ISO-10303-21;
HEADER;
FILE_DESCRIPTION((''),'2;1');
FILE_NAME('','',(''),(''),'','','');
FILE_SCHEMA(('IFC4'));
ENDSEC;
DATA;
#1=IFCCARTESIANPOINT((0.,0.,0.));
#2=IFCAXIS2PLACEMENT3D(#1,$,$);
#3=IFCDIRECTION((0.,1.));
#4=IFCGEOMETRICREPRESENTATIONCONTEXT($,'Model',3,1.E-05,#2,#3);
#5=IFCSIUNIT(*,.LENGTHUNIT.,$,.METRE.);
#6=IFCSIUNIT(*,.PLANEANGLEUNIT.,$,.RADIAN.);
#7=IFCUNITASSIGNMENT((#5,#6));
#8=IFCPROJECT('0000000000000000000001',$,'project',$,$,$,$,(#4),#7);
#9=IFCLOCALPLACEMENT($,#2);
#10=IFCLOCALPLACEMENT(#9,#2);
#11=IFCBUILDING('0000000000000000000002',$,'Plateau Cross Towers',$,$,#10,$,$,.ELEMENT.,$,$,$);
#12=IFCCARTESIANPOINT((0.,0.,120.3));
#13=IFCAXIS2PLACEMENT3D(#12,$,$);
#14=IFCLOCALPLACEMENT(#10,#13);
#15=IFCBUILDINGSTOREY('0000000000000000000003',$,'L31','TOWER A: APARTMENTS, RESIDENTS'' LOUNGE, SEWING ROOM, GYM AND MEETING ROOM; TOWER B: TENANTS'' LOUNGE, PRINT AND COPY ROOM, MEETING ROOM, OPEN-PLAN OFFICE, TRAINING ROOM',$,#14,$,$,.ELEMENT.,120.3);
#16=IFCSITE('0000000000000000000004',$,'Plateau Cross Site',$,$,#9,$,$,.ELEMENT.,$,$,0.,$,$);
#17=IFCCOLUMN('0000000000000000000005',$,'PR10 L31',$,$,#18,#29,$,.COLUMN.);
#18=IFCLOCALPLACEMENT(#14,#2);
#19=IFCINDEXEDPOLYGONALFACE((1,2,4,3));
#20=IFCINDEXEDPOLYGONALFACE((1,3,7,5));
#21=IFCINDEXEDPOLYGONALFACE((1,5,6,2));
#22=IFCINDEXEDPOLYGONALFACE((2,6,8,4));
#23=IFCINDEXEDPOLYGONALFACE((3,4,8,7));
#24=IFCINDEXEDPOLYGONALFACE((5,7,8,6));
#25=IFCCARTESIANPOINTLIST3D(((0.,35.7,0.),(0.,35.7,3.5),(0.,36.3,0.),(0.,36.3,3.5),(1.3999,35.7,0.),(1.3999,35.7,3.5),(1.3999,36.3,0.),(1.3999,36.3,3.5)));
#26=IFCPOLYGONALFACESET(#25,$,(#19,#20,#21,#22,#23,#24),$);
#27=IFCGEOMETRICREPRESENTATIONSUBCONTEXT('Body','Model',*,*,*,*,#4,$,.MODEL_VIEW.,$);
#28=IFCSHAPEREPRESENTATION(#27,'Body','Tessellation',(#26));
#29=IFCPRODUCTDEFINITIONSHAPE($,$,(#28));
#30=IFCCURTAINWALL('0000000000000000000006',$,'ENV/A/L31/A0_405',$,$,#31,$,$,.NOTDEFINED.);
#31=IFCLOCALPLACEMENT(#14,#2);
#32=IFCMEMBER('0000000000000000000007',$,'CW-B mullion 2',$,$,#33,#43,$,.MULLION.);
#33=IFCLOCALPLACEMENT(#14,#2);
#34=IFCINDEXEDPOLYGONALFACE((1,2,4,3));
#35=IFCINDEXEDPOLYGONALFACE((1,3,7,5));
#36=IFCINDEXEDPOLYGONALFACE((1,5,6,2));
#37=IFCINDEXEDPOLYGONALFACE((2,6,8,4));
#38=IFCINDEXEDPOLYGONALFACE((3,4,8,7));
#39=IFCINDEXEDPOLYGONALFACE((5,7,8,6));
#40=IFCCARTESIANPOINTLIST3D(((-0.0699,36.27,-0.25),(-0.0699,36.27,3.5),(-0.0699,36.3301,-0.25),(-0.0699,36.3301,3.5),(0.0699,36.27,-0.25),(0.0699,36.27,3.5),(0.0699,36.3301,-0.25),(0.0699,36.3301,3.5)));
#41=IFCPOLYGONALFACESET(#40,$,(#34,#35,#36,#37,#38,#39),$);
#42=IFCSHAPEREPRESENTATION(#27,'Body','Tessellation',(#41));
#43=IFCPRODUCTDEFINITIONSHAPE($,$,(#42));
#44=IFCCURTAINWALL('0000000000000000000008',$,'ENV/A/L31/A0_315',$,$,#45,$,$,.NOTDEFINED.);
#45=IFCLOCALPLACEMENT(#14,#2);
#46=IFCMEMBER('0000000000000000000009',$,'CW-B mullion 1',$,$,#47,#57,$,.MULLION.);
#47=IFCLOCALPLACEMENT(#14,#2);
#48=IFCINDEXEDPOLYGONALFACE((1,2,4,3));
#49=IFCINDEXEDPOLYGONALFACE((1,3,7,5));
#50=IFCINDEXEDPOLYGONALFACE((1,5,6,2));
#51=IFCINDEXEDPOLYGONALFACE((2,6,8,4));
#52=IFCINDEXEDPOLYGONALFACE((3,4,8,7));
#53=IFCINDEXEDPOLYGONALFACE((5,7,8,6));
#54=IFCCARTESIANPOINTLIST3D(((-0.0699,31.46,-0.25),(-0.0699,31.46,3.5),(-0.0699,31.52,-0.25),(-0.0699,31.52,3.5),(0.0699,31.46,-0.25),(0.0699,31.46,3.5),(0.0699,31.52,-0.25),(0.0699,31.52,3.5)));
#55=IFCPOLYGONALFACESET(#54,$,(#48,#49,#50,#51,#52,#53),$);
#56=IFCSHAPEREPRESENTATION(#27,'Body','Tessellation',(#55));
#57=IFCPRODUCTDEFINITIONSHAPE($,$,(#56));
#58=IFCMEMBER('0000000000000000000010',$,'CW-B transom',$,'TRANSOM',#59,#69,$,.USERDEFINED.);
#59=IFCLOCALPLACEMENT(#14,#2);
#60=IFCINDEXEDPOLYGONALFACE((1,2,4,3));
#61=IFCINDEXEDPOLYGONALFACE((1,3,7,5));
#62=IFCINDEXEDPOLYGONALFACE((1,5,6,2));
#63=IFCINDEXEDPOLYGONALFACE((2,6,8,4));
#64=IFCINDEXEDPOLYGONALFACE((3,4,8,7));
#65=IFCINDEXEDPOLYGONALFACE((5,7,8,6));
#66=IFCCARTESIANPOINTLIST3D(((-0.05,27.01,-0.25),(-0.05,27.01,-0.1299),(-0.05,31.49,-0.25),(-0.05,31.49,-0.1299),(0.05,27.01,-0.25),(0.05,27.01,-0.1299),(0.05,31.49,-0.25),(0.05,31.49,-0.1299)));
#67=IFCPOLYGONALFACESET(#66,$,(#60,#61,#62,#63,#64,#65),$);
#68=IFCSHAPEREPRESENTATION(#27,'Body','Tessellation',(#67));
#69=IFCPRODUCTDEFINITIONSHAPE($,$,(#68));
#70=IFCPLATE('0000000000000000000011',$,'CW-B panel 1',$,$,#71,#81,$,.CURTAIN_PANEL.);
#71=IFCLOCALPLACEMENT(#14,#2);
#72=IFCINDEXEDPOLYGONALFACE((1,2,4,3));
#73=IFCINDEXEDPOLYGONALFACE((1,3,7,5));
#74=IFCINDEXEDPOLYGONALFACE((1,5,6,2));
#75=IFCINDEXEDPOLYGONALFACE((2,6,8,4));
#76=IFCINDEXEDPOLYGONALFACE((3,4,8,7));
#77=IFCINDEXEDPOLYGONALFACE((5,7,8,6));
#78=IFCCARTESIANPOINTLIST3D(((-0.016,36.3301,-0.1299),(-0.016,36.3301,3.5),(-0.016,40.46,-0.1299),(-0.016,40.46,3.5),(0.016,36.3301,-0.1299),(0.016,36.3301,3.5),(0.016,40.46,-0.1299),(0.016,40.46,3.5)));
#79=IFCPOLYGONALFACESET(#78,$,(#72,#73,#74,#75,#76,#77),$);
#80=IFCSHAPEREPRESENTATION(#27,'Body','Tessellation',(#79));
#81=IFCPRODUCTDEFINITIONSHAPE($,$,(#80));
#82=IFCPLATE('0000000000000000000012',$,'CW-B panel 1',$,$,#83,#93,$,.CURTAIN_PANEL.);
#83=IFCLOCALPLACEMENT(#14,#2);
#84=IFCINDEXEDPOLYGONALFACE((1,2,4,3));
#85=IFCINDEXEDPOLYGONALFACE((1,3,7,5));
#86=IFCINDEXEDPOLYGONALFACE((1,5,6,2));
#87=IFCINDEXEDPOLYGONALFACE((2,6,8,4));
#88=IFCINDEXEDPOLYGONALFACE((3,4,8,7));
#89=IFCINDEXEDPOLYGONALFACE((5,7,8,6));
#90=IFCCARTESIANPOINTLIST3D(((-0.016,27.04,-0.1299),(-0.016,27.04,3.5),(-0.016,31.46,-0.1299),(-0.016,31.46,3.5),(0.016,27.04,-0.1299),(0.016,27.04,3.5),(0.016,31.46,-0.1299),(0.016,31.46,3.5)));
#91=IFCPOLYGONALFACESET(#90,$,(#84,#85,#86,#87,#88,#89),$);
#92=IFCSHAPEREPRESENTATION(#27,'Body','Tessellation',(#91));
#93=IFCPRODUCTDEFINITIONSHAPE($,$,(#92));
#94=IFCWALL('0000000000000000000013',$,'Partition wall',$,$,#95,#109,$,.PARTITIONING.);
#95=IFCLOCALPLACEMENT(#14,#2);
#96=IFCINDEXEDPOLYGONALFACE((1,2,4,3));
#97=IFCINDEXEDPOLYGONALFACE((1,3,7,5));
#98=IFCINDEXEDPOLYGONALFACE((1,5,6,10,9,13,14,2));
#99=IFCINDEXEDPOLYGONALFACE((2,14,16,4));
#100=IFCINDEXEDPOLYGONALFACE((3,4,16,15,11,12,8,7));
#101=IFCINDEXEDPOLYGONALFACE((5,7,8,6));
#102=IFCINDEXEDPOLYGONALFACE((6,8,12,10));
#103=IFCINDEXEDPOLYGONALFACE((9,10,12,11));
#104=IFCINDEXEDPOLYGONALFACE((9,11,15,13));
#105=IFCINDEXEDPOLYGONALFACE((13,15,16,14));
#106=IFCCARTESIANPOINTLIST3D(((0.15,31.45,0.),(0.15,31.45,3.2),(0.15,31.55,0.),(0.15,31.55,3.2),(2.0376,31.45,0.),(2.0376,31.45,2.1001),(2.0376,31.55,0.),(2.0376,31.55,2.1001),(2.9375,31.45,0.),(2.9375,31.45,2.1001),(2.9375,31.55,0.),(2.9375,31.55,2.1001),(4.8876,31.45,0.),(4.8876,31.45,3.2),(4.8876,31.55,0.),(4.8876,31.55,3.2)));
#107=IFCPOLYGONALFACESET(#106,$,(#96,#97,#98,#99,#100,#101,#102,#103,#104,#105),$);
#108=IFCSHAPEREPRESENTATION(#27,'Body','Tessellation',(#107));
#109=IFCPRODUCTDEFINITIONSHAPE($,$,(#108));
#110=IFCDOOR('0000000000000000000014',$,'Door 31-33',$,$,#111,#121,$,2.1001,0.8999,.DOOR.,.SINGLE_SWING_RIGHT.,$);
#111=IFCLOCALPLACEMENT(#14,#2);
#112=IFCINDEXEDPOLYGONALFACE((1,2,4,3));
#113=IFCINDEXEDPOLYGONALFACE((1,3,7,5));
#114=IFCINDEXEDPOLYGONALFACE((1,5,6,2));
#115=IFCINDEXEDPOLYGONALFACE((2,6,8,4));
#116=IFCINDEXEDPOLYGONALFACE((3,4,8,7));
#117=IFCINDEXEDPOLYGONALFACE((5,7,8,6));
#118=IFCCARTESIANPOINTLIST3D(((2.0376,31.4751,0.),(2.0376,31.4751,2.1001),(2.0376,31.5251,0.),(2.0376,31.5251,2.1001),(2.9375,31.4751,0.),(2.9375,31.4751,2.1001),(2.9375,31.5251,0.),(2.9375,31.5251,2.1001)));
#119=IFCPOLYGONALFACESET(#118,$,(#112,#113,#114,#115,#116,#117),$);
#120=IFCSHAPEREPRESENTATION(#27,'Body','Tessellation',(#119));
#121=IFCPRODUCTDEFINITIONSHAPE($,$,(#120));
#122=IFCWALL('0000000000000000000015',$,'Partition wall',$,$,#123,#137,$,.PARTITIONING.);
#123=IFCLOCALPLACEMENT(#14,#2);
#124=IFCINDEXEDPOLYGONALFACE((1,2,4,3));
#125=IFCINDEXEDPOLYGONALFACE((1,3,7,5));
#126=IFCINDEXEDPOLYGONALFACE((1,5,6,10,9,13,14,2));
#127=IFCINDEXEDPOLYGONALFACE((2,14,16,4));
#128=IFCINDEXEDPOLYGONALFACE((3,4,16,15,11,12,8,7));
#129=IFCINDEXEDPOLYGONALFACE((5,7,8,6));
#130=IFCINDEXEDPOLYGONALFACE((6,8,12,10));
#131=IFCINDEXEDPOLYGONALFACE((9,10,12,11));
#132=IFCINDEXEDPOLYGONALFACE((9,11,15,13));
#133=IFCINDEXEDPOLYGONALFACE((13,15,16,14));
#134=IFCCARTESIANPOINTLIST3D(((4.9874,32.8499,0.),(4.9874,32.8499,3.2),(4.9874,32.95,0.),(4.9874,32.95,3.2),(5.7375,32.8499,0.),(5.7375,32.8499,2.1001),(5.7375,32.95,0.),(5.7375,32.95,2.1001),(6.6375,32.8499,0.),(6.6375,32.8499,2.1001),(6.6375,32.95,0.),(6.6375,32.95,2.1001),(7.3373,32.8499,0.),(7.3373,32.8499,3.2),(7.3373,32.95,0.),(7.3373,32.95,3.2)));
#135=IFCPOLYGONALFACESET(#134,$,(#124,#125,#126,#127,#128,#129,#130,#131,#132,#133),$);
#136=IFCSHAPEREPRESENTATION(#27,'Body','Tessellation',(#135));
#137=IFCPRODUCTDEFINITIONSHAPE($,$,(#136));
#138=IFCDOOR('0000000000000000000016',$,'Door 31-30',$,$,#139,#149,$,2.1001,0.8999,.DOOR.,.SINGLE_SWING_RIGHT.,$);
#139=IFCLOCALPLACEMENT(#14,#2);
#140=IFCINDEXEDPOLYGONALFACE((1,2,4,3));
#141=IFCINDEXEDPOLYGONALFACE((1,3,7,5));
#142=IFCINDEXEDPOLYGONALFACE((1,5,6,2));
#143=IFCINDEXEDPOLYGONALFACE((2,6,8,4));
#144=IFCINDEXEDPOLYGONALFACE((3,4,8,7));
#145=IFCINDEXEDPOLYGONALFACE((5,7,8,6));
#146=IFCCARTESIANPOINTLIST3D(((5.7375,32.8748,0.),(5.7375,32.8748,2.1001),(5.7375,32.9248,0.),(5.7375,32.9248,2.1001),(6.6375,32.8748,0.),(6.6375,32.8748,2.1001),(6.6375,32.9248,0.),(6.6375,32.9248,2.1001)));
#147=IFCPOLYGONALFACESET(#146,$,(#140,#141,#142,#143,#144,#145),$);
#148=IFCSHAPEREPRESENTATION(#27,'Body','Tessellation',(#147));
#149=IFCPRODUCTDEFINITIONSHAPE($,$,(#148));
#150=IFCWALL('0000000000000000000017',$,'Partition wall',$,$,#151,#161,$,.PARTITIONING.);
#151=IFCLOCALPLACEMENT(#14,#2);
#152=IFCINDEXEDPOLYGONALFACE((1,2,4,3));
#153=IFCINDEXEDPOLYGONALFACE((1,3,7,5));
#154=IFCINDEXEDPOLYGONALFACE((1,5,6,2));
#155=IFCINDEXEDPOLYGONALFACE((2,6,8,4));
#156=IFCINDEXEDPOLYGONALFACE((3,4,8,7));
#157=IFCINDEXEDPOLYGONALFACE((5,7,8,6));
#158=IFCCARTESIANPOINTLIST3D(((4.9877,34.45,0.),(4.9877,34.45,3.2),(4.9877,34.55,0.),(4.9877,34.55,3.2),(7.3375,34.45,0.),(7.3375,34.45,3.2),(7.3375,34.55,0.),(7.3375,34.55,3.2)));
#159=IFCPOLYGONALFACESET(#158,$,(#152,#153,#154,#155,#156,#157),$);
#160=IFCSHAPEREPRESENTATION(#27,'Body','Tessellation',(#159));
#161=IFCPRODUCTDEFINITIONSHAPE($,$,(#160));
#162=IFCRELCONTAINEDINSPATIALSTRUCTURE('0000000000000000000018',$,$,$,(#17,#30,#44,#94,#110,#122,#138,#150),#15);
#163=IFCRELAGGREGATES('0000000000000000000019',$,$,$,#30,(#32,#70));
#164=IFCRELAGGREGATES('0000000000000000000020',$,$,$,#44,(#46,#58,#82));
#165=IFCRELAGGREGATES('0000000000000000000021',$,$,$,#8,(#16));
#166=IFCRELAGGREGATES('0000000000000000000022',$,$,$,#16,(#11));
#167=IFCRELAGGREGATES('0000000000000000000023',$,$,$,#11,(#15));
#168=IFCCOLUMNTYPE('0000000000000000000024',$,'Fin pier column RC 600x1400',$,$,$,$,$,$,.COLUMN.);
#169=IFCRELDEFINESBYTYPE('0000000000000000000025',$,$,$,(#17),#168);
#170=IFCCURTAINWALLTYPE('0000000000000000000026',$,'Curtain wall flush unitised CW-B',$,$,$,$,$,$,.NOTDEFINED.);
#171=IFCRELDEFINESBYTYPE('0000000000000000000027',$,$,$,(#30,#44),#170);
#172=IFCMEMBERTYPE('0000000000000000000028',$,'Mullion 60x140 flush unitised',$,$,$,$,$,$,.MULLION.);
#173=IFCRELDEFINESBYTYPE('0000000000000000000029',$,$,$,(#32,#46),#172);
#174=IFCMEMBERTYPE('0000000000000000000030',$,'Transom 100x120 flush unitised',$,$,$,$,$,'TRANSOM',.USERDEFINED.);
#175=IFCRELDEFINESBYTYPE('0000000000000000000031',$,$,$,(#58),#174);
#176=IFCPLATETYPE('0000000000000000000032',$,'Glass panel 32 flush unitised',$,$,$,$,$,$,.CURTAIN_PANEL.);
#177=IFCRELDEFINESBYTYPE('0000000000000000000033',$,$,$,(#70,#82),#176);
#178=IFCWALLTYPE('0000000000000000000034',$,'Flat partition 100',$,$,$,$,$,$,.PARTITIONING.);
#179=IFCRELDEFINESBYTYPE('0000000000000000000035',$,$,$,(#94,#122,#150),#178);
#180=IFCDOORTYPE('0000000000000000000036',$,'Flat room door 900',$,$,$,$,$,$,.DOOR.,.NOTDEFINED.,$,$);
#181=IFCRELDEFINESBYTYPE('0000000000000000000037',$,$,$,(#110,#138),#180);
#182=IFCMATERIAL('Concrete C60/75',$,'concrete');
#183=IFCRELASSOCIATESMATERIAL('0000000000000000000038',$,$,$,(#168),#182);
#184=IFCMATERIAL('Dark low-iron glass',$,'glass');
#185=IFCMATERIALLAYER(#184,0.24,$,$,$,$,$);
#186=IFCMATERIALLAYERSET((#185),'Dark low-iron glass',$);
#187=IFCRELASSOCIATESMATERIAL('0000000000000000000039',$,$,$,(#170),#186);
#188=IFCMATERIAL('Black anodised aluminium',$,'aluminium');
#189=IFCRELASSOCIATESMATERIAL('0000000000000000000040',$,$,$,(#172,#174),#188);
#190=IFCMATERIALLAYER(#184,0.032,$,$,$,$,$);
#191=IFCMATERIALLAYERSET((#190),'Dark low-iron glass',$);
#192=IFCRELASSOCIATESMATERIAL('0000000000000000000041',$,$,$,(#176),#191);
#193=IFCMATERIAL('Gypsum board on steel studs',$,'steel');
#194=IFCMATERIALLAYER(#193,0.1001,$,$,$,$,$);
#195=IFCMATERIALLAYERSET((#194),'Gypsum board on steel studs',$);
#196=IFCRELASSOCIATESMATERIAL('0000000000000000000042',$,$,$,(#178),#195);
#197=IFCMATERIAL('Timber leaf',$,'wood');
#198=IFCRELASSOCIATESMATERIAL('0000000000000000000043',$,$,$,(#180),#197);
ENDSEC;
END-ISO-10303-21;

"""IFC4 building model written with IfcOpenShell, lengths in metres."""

from ifc_helpers import new_model, si_unit, direction, frame, frame_2d, origin, origin_2d, place, context, subcontext, project, spatial, rectangle, extrude, material, layer, layer_set, material_profile, profile_set, type_object, element, fill, aggregate, save


model = new_model("IFC4")

# Units and contexts
model_context = context("Model", 3, precision=1e-05, world=origin(), true_north=direction((0.0, 1.0)))
body_context = subcontext(model_context, "Body", "Model", "MODEL_VIEW")
ifc_project = project(units=[si_unit("LENGTHUNIT", "METRE"), si_unit("PLANEANGLEUNIT", "RADIAN")], contexts=[model_context])

# Site, building, storey
site_placement = place(None, origin())
site = spatial("IfcSite", under=ifc_project, at=site_placement, Name="Plateau Cross Site", CompositionType="ELEMENT", RefElevation=0.0)
building_placement = place(site_placement, origin())
building = spatial("IfcBuilding", under=site, at=building_placement, Name="Plateau Cross Towers", CompositionType="ELEMENT")
storey_placement = place(building_placement, frame((0.0, 0.0, 120.3)))
storey = spatial("IfcBuildingStorey", under=building, at=storey_placement, Name="L31", Description="TOWER A: APARTMENTS, RESIDENTS' LOUNGE, SEWING ROOM, GYM AND MEETING ROOM; TOWER B: TENANTS' LOUNGE, PRINT AND COPY ROOM, MEETING ROOM, OPEN-PLAN OFFICE, TRAINING ROOM", CompositionType="ELEMENT", Elevation=120.3)

# Column
ifc_material_1 = material(Name="Concrete C60/75", Category="concrete")
ifc_material_profile_1 = material_profile(ifc_material_1, rectangle(XDim=0.6001, YDim=1.3999, at=origin_2d()), Name="RC 600x1400")
ifc_profile_set_1 = profile_set([ifc_material_profile_1], Name="Concrete C60/75")
column_type = type_object("IfcColumnType", Name="Fin pier column RC 600x1400", PredefinedType="COLUMN", material=ifc_profile_set_1)
column_placement = place(storey_placement, frame((0.7, 36.0, 0.0), z_axis=(0.0, 0.0, 1.0), x_axis=(0.0, 1.0, 0.0)))
element("IfcColumn", 1, at=column_placement, inside=storey, type_object=column_type, Name="PR10 L31", PredefinedType="COLUMN", context=body_context, shape_type="SweptSolid", body=[
    extrude(rectangle(XDim=0.6001, YDim=1.3999, at=origin_2d()), origin(), (0.0, 0.0, 1.0), 3.5),
])

# Curtain wall, member
ifc_material_2 = material(Name="Dark low-iron glass", Category="glass")
ifc_layer_1 = layer(ifc_material_2, 0.24)
ifc_layer_set_1 = layer_set([ifc_layer_1], Name="Dark low-iron glass")
curtain_wall_type = type_object("IfcCurtainWallType", Name="Curtain wall flush unitised CW-B", PredefinedType="NOTDEFINED", material=ifc_layer_set_1)
curtain_wall_1_placement = place(storey_placement, origin())
curtain_wall_1 = element("IfcCurtainWall", 2, at=curtain_wall_1_placement, inside=storey, type_object=curtain_wall_type, Name="ENV/A/L31/A0_405", PredefinedType="NOTDEFINED")
ifc_material_3 = material(Name="Black anodised aluminium", Category="aluminium")
ifc_material_profile_2 = material_profile(ifc_material_3, rectangle(XDim=0.0601, YDim=0.1399, at=origin_2d()), Name="MULLION 60x140")
ifc_profile_set_2 = profile_set([ifc_material_profile_2], Name="Black anodised aluminium")
member_type_1 = type_object("IfcMemberType", Name="Mullion 60x140 flush unitised", PredefinedType="MULLION", material=ifc_profile_set_2)
member_1_placement = place(storey_placement, frame((0.0, 36.3, -0.25), z_axis=(0.0, 0.0, 1.0), x_axis=(0.0, -1.0, 0.0)))
member_1 = element("IfcMember", 3, at=member_1_placement, type_object=member_type_1, Name="CW-B mullion 2", PredefinedType="MULLION", context=body_context, shape_type="SweptSolid", body=[
    extrude(rectangle(XDim=0.0601, YDim=0.1399, at=origin_2d()), origin(), (0.0, 0.0, 1.0), 3.75),
])

# Curtain wall, members
curtain_wall_2_placement = place(storey_placement, origin())
curtain_wall_2 = element("IfcCurtainWall", 4, at=curtain_wall_2_placement, inside=storey, type_object=curtain_wall_type, Name="ENV/A/L31/A0_315", PredefinedType="NOTDEFINED")
member_2_placement = place(storey_placement, frame((0.0, 31.49, -0.25), z_axis=(0.0, 0.0, 1.0), x_axis=(0.0, -1.0, 0.0)))
member_2 = element("IfcMember", 5, at=member_2_placement, type_object=member_type_1, Name="CW-B mullion 1", PredefinedType="MULLION", context=body_context, shape_type="SweptSolid", body=[
    extrude(rectangle(XDim=0.0601, YDim=0.1399, at=origin_2d()), origin(), (0.0, 0.0, 1.0), 3.75),
])
ifc_material_profile_3 = material_profile(ifc_material_3, rectangle(XDim=0.1001, YDim=0.1201, at=origin_2d()), Name="TRANSOM 100x120")
ifc_profile_set_3 = profile_set([ifc_material_profile_3], Name="Black anodised aluminium")
member_type_2 = type_object("IfcMemberType", Name="Transom 100x120 flush unitised", ElementType="TRANSOM", PredefinedType="USERDEFINED", material=ifc_profile_set_3)
member_3_placement = place(storey_placement, frame((0.0, 31.49, -0.1899), z_axis=(0.0, -1.0, 0.0), x_axis=(1.0, 0.0, 0.0)))
member_3 = element("IfcMember", 6, at=member_3_placement, type_object=member_type_2, Name="CW-B transom", ObjectType="TRANSOM", PredefinedType="USERDEFINED", context=body_context, shape_type="SweptSolid", body=[
    extrude(rectangle(XDim=0.1001, YDim=0.1201, at=origin_2d()), origin(), (0.0, 0.0, 1.0), 4.48),
])

# Plates
ifc_layer_2 = layer(ifc_material_2, 0.032)
ifc_layer_set_2 = layer_set([ifc_layer_2], Name="Dark low-iron glass")
plate_type = type_object("IfcPlateType", Name="Glass panel 32 flush unitised", PredefinedType="CURTAIN_PANEL", material=ifc_layer_set_2)
plate_1_placement = place(storey_placement, frame((0.0, 38.395, -0.1299), z_axis=(0.0, 0.0, 1.0), x_axis=(0.0, -1.0, 0.0)))
plate_1 = element("IfcPlate", 7, at=plate_1_placement, type_object=plate_type, Name="CW-B panel 1", PredefinedType="CURTAIN_PANEL", context=body_context, shape_type="SweptSolid", body=[
    extrude(rectangle(XDim=4.1299, YDim=0.032, at=origin_2d()), origin(), (0.0, 0.0, 1.0), 3.6299),
])
aggregate(curtain_wall_1, [member_1, plate_1])
plate_2_placement = place(storey_placement, frame((0.0, 29.25, -0.1299), z_axis=(0.0, 0.0, 1.0), x_axis=(0.0, -1.0, 0.0)))
plate_2 = element("IfcPlate", 8, at=plate_2_placement, type_object=plate_type, Name="CW-B panel 1", PredefinedType="CURTAIN_PANEL", context=body_context, shape_type="SweptSolid", body=[
    extrude(rectangle(XDim=4.4199, YDim=0.032, at=origin_2d()), origin(), (0.0, 0.0, 1.0), 3.6299),
])
aggregate(curtain_wall_2, [member_2, member_3, plate_2])

# Walls, openings, doors
ifc_material_4 = material(Name="Gypsum board on steel studs", Category="steel")
ifc_layer_3 = layer(ifc_material_4, 0.1001)
ifc_layer_set_3 = layer_set([ifc_layer_3], Name="Gypsum board on steel studs")
wall_type_1 = type_object("IfcWallType", Name="Flat partition 100", PredefinedType="PARTITIONING", material=ifc_layer_set_3)
wall_1_placement = place(storey_placement, frame((4.8875, 31.5, 0.0), z_axis=(0.0, 0.0, 1.0), x_axis=(-1.0, 0.0, 0.0)))
wall_1 = element("IfcWall", 9, at=wall_1_placement, inside=storey, type_object=wall_type_1, Name="Partition wall", PredefinedType="PARTITIONING", context=body_context, shape_type="SweptSolid", body=[
    extrude(rectangle(XDim=4.7375, YDim=0.1001, at=frame_2d((2.3687, 0.0))), origin(), (0.0, 0.0, 1.0), 3.2),
])
opening_1_placement = place(wall_1_placement, frame((1.95, 0.0, 0.0)))
opening_1 = element("IfcOpeningElement", 10, at=opening_1_placement, cuts=wall_1, PredefinedType="OPENING", context=body_context, shape_type="SweptSolid", body=[
    extrude(rectangle(XDim=0.8999, YDim=2.1001, at=frame_2d((0.45, 1.05))), frame((0.0, 0.0601, 0.0), z_axis=(0.0, -1.0, 0.0), x_axis=(1.0, 0.0, 0.0)), (0.0, 0.0, 1.0), 0.1201),
])
ifc_material_5 = material(Name="Timber leaf", Category="wood")
door_type_1 = type_object("IfcDoorType", Name="Flat room door 900", OperationType="NOTDEFINED", PredefinedType="DOOR", material=ifc_material_5)
door_1_placement = place(opening_1_placement, origin())
door_1 = element("IfcDoor", 11, at=door_1_placement, inside=storey, type_object=door_type_1, Name="Door 31-33", OperationType="SINGLE_SWING_RIGHT", OverallHeight=2.1001, OverallWidth=0.8999, PredefinedType="DOOR", context=body_context, shape_type="SweptSolid", body=[
    extrude(rectangle(XDim=0.8999, YDim=2.1001, at=frame_2d((0.45, 1.05))), frame((0.0, 0.0249, 0.0), z_axis=(0.0, -1.0, 0.0), x_axis=(1.0, 0.0, 0.0)), (0.0, 0.0, 1.0), 0.05),
])
fill(opening_1, door_1)
wall_2_placement = place(storey_placement, frame((4.9875, 32.8999, 0.0), z_axis=(0.0, 0.0, 1.0), x_axis=(1.0, 0.0, 0.0)))
wall_2 = element("IfcWall", 12, at=wall_2_placement, inside=storey, type_object=wall_type_1, Name="Partition wall", PredefinedType="PARTITIONING", context=body_context, shape_type="SweptSolid", body=[
    extrude(rectangle(XDim=2.3499, YDim=0.1001, at=frame_2d((1.1748, 0.0))), origin(), (0.0, 0.0, 1.0), 3.2),
])
opening_2_placement = place(wall_2_placement, frame((0.75, 0.0, 0.0)))
opening_2 = element("IfcOpeningElement", 13, at=opening_2_placement, cuts=wall_2, PredefinedType="OPENING", context=body_context, shape_type="SweptSolid", body=[
    extrude(rectangle(XDim=0.8999, YDim=2.1001, at=frame_2d((0.45, 1.05))), frame((0.0, 0.0601, 0.0), z_axis=(0.0, -1.0, 0.0), x_axis=(1.0, 0.0, 0.0)), (0.0, 0.0, 1.0), 0.1201),
])
door_2_placement = place(opening_2_placement, origin())
door_2 = element("IfcDoor", 14, at=door_2_placement, inside=storey, type_object=door_type_1, Name="Door 31-30", OperationType="SINGLE_SWING_RIGHT", OverallHeight=2.1001, OverallWidth=0.8999, PredefinedType="DOOR", context=body_context, shape_type="SweptSolid", body=[
    extrude(rectangle(XDim=0.8999, YDim=2.1001, at=frame_2d((0.45, 1.05))), frame((0.0, 0.0249, 0.0), z_axis=(0.0, -1.0, 0.0), x_axis=(1.0, 0.0, 0.0)), (0.0, 0.0, 1.0), 0.05),
])
fill(opening_2, door_2)

# Wall
wall_3_placement = place(storey_placement, frame((7.3374, 34.5, 0.0), z_axis=(0.0, 0.0, 1.0), x_axis=(-1.0, 0.0, 0.0)))
element("IfcWall", 15, at=wall_3_placement, inside=storey, type_object=wall_type_1, Name="Partition wall", PredefinedType="PARTITIONING", context=body_context, shape_type="SweptSolid", body=[
    extrude(rectangle(XDim=2.3499, YDim=0.1001, at=frame_2d((1.1748, 0.0))), origin(), (0.0, 0.0, 1.0), 3.2),
])

save(model, "model.ifc")
